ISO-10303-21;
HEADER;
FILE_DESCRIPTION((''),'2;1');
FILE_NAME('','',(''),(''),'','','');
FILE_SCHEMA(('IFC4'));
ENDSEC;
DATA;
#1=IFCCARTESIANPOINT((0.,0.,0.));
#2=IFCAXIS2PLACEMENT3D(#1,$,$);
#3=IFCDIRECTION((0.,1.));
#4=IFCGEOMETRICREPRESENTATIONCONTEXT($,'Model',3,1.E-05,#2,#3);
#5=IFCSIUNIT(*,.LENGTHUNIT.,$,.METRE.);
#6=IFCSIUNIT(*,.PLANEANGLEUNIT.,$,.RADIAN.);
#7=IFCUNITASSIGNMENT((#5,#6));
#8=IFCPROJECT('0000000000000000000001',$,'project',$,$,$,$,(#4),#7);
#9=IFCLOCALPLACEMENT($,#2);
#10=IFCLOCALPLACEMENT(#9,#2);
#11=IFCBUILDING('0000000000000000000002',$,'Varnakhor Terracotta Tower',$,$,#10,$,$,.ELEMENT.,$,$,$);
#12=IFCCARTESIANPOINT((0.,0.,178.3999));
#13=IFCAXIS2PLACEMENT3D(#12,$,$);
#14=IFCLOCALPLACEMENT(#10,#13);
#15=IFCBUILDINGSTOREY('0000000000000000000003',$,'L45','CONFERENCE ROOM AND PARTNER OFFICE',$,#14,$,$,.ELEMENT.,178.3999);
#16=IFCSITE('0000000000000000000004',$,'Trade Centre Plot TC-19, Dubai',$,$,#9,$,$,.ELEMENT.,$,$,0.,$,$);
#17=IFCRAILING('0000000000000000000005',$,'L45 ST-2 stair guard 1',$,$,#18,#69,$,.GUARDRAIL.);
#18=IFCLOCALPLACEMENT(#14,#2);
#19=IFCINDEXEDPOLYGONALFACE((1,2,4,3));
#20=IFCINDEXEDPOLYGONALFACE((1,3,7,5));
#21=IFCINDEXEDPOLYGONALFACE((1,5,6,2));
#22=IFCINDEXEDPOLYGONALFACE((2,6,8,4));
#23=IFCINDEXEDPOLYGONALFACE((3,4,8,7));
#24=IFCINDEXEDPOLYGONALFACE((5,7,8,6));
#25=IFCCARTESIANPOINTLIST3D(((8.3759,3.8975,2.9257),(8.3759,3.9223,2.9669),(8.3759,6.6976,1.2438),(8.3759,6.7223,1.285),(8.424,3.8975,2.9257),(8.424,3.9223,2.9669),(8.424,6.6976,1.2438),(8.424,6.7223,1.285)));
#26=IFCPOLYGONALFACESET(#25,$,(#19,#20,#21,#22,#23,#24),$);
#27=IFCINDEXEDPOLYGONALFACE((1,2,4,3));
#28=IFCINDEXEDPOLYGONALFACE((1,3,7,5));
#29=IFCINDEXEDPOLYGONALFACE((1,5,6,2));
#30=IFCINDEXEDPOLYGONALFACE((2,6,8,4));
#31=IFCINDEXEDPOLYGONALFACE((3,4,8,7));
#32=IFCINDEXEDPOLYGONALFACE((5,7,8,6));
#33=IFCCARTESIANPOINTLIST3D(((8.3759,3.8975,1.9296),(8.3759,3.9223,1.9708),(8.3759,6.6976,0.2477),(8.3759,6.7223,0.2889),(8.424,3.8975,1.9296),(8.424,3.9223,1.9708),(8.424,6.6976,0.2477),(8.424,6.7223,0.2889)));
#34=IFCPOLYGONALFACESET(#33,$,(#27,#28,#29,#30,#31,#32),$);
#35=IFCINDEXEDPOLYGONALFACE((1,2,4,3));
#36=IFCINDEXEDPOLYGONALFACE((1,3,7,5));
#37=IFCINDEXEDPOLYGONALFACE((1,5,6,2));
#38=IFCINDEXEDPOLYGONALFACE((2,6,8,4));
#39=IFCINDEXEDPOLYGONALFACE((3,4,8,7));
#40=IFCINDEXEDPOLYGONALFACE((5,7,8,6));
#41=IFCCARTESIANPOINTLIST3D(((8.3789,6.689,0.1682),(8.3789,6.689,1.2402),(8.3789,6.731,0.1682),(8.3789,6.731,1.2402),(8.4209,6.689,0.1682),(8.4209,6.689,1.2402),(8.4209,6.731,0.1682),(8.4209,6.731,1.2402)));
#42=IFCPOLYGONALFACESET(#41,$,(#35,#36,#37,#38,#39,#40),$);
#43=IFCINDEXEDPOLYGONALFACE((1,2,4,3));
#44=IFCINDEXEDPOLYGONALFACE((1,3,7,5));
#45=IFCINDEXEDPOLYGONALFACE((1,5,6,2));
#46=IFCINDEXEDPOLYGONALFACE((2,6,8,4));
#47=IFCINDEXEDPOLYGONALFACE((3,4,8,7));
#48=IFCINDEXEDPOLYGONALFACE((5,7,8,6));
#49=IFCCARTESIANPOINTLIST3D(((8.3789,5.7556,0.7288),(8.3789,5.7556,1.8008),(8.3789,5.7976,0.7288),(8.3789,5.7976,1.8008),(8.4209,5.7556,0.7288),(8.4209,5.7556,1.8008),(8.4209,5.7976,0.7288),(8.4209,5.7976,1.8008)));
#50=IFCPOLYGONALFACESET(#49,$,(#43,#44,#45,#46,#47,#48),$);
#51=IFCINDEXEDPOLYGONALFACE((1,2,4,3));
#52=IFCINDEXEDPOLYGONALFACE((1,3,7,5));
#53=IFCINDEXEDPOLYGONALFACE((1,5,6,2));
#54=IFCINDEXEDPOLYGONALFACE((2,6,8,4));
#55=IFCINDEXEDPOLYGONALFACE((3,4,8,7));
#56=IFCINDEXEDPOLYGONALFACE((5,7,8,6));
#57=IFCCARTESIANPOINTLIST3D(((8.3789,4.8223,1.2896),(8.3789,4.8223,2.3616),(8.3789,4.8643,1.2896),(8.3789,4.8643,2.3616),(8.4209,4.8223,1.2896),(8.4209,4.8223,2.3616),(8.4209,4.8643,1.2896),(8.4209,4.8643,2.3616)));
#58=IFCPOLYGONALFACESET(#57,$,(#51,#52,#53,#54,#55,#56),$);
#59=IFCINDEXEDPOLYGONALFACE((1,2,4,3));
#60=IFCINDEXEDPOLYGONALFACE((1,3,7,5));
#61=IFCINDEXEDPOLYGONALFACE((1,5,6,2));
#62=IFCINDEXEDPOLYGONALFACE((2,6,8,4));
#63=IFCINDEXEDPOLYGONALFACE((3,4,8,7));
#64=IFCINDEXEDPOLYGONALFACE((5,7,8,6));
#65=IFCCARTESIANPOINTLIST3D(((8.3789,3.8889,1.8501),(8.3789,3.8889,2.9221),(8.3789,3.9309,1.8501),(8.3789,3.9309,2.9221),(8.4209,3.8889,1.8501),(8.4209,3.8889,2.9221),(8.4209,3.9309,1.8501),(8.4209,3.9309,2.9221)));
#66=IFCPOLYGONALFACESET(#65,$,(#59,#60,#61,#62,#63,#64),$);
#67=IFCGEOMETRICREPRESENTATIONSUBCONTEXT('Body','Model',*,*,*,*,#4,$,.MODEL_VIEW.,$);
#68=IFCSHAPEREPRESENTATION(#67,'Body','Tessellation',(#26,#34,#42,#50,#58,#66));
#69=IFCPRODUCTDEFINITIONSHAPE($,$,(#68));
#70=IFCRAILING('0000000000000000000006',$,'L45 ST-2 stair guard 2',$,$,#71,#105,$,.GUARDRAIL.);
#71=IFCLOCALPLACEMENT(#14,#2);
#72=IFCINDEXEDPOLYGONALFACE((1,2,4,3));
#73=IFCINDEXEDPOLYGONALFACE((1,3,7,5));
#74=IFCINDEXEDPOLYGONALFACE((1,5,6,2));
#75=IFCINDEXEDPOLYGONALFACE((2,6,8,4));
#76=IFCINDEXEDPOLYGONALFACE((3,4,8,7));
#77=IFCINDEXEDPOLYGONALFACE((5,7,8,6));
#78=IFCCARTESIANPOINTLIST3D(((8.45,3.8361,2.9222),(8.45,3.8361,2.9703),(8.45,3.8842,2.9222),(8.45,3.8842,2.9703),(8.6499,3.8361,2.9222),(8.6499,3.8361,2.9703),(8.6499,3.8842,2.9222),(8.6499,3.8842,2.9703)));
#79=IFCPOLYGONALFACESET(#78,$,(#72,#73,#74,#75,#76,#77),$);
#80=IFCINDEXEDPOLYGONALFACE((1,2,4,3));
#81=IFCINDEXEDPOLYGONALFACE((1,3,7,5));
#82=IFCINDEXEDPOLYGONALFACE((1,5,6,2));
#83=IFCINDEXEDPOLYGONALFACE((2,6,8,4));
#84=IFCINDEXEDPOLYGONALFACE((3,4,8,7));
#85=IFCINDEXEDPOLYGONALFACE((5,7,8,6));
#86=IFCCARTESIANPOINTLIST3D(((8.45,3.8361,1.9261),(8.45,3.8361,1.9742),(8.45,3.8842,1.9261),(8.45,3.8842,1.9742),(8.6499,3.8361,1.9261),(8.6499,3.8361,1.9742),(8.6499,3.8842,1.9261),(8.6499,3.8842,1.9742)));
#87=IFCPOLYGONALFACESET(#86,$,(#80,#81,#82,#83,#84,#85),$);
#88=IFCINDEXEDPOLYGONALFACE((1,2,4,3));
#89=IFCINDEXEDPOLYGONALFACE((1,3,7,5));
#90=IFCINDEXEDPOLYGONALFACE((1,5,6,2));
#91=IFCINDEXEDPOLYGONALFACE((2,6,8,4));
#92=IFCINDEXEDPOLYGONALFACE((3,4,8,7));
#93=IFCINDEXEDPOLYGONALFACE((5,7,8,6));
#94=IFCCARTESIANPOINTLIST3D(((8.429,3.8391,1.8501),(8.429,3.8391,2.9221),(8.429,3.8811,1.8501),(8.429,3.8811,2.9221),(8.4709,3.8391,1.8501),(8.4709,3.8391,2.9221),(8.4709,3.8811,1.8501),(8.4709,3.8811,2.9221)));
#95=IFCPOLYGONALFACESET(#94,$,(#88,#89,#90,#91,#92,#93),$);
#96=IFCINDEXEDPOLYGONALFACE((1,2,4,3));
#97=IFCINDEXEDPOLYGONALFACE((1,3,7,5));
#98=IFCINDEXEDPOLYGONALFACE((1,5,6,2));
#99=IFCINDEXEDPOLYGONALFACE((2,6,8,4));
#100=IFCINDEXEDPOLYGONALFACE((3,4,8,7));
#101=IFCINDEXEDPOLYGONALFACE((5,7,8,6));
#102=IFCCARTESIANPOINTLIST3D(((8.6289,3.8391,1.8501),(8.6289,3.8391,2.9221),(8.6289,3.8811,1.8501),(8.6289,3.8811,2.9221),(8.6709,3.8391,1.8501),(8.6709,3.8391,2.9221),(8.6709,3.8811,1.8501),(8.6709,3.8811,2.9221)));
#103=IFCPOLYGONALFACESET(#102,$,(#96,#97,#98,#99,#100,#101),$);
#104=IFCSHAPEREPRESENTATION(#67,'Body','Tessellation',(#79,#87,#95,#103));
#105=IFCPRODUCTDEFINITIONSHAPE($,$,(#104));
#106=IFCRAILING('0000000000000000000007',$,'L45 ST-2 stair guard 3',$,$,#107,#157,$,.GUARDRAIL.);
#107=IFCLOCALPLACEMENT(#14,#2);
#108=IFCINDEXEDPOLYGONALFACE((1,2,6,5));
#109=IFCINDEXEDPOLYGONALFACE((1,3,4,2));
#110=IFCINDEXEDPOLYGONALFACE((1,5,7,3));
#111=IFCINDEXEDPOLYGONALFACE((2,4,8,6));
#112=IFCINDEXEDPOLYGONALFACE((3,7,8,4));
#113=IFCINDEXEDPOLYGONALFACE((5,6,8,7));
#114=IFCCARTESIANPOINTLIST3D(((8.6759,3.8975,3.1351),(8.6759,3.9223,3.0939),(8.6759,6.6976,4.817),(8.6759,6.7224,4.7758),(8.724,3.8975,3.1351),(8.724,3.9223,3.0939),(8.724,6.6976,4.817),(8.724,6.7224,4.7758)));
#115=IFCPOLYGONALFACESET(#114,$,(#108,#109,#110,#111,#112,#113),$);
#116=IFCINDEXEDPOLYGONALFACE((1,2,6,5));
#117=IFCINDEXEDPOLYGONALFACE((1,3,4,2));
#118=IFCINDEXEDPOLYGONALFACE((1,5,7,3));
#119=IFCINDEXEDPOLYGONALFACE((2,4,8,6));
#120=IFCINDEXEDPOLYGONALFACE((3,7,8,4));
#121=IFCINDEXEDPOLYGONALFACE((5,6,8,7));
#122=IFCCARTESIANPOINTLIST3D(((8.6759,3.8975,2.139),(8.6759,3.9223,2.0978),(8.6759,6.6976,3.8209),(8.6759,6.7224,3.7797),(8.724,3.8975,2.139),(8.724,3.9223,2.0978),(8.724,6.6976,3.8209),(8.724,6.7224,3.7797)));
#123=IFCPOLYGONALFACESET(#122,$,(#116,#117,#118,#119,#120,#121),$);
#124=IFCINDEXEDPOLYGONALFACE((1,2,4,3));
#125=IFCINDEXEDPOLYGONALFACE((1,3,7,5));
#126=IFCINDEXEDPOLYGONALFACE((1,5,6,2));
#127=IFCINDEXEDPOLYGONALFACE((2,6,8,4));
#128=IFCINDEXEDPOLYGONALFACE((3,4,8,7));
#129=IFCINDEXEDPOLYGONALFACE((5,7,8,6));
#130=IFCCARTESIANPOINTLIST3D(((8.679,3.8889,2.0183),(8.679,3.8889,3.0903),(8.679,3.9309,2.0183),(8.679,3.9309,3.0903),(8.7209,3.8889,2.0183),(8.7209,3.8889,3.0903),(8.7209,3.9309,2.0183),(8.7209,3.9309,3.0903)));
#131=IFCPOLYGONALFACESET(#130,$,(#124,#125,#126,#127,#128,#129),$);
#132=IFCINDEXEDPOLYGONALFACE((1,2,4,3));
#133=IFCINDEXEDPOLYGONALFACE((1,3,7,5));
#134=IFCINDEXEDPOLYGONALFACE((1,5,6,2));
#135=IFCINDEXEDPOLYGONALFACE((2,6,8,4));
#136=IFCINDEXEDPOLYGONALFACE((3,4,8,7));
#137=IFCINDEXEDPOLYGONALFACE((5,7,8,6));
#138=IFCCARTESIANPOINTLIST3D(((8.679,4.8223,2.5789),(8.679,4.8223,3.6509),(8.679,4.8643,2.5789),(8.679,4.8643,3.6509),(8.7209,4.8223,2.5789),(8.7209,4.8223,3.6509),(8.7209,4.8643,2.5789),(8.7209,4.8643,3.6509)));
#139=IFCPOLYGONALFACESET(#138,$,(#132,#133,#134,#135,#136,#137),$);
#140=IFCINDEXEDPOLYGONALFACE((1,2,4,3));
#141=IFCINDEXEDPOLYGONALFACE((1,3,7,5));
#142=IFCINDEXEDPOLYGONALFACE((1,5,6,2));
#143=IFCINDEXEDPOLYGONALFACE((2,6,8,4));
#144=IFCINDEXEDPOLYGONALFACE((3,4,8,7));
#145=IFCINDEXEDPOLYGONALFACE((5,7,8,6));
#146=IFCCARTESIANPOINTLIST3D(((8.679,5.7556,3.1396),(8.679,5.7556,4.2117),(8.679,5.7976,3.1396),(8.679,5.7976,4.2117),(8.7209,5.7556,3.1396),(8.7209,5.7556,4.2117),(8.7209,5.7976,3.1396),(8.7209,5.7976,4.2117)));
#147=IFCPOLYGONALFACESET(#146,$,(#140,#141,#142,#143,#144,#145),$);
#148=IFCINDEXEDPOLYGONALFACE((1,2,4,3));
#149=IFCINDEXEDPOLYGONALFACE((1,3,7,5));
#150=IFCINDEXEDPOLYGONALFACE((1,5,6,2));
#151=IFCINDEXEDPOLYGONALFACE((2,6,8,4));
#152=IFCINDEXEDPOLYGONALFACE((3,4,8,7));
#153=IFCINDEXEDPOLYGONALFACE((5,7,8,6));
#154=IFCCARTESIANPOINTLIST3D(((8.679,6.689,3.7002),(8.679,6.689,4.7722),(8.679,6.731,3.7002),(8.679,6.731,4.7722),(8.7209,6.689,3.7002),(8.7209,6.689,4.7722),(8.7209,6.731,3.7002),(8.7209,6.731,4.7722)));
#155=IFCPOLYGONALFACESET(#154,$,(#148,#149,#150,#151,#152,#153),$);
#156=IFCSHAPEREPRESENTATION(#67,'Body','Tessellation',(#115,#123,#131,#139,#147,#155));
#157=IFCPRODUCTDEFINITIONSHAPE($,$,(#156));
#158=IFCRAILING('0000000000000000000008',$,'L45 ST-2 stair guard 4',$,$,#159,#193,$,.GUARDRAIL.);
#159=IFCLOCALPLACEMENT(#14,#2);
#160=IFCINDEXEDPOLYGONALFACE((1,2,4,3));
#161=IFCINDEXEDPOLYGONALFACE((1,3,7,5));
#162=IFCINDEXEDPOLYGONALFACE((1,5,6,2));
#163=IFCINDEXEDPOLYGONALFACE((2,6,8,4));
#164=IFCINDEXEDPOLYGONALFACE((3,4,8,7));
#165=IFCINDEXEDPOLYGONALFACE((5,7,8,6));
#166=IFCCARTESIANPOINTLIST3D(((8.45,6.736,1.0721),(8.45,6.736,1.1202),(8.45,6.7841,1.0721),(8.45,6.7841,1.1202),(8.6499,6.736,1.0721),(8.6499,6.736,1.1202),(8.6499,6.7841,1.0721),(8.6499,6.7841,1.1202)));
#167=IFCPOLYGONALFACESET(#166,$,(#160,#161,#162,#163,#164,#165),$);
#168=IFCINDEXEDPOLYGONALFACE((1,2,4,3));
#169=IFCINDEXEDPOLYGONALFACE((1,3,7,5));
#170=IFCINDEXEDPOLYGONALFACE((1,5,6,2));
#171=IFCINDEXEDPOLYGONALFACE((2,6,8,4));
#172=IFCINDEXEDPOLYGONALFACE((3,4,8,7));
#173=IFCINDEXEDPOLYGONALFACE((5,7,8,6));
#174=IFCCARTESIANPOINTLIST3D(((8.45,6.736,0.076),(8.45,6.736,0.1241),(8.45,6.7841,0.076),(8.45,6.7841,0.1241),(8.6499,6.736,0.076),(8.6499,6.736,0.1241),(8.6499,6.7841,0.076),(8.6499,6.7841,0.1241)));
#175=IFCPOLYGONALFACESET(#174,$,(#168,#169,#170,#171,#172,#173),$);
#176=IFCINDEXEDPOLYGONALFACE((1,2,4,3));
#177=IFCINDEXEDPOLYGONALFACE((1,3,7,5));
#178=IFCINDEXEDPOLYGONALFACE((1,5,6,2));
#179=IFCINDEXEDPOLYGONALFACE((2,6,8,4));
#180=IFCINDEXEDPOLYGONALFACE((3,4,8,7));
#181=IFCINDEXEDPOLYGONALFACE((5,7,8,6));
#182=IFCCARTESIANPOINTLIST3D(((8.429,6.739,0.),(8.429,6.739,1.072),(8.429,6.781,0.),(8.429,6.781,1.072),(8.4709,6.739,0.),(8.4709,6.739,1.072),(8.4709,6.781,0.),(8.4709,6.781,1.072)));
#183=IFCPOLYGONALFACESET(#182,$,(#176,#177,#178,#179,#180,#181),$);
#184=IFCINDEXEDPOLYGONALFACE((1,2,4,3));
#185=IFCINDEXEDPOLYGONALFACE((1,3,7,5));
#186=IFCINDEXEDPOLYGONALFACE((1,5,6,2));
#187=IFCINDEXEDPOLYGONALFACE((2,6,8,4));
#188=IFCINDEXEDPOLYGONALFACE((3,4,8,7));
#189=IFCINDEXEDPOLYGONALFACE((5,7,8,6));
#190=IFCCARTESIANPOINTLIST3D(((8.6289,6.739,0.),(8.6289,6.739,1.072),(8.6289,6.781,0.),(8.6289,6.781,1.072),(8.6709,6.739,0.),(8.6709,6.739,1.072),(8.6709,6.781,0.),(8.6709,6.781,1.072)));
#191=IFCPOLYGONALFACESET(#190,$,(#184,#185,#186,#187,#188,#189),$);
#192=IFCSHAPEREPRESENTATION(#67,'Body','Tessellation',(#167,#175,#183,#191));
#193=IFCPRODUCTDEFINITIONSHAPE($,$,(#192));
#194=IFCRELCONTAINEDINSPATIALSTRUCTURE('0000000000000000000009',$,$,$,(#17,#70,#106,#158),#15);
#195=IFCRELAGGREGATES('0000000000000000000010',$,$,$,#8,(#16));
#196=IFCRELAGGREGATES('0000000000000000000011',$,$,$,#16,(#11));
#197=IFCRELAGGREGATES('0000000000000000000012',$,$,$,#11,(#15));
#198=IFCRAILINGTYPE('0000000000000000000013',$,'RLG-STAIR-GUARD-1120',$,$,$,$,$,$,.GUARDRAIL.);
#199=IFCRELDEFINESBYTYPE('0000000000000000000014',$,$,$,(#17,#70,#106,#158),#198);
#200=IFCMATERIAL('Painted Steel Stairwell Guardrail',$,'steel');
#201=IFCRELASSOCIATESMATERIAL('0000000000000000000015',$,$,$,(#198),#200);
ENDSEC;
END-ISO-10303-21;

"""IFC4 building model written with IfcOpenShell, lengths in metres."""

from ifc_helpers import new_model, si_unit, direction, frame, origin, origin_2d, place, context, subcontext, project, spatial, rectangle, extrude, material, type_object, element, save


model = new_model("IFC4")

# Units and contexts
model_context = context("Model", 3, precision=1e-05, world=origin(), true_north=direction((0.0, 1.0)))
body_context = subcontext(model_context, "Body", "Model", "MODEL_VIEW")
ifc_project = project(units=[si_unit("LENGTHUNIT", "METRE"), si_unit("PLANEANGLEUNIT", "RADIAN")], contexts=[model_context])

# Site, building, storey
site_placement = place(None, origin())
site = spatial("IfcSite", under=ifc_project, at=site_placement, Name="Trade Centre Plot TC-19, Dubai", CompositionType="ELEMENT", RefElevation=0.0)
building_placement = place(site_placement, origin())
building = spatial("IfcBuilding", under=site, at=building_placement, Name="Varnakhor Terracotta Tower", CompositionType="ELEMENT")
storey_placement = place(building_placement, frame((0.0, 0.0, 178.3999)))
storey = spatial("IfcBuildingStorey", under=building, at=storey_placement, Name="L45", Description="CONFERENCE ROOM AND PARTNER OFFICE", CompositionType="ELEMENT", Elevation=178.3999)

# Railings
ifc_material_1 = material(Name="Painted Steel Stairwell Guardrail", Category="steel")
railing_type_1 = type_object("IfcRailingType", Name="RLG-STAIR-GUARD-1120", PredefinedType="GUARDRAIL", material=ifc_material_1)
railing_1_placement = place(storey_placement, frame((8.3999, 6.71, 0.1682)))
element("IfcRailing", 1, at=railing_1_placement, inside=storey, type_object=railing_type_1, Name="L45 ST-2 stair guard 1", PredefinedType="GUARDRAIL", context=body_context, shape_type="SweptSolid", body=[
    extrude(rectangle(XDim=0.0481, YDim=0.0481, at=origin_2d()), frame((0.0, 0.0, 1.0962), z_axis=(0.0, -0.857242, 0.514913), x_axis=(1.0, 0.0, 0.0)), (0.0, 0.0, 1.0), 3.2664),
    extrude(rectangle(XDim=0.0481, YDim=0.0481, at=origin_2d()), frame((0.0, 0.0, 0.1001), z_axis=(0.0, -0.857242, 0.514913), x_axis=(1.0, 0.0, 0.0)), (0.0, 0.0, 1.0), 3.2664),
    extrude(rectangle(XDim=0.042, YDim=0.042, at=origin_2d()), origin(), (0.0, 0.0, 1.0), 1.072),
    extrude(rectangle(XDim=0.042, YDim=0.042, at=origin_2d()), frame((0.0, -0.9333, 0.5605)), (0.0, 0.0, 1.0), 1.072),
    extrude(rectangle(XDim=0.042, YDim=0.042, at=origin_2d()), frame((0.0, -1.8667, 1.1213)), (0.0, 0.0, 1.0), 1.072),
    extrude(rectangle(XDim=0.042, YDim=0.042, at=origin_2d()), frame((0.0, -2.8, 1.6819)), (0.0, 0.0, 1.0), 1.072),
])
railing_2_placement = place(storey_placement, frame((8.45, 3.8601, 1.8501)))
element("IfcRailing", 2, at=railing_2_placement, inside=storey, type_object=railing_type_1, Name="L45 ST-2 stair guard 2", PredefinedType="GUARDRAIL", context=body_context, shape_type="SweptSolid", body=[
    extrude(rectangle(XDim=0.0481, YDim=0.0481, at=origin_2d()), frame((0.0, 0.0, 1.0962), z_axis=(1.0, 0.0, 0.0), x_axis=(0.0, 1.0, 0.0)), (0.0, 0.0, 1.0), 0.2),
    extrude(rectangle(XDim=0.0481, YDim=0.0481, at=origin_2d()), frame((0.0, 0.0, 0.1001), z_axis=(1.0, 0.0, 0.0), x_axis=(0.0, 1.0, 0.0)), (0.0, 0.0, 1.0), 0.2),
    extrude(rectangle(XDim=0.042, YDim=0.042, at=origin_2d()), origin(), (0.0, 0.0, 1.0), 1.072),
    extrude(rectangle(XDim=0.042, YDim=0.042, at=origin_2d()), frame((0.2, 0.0, 0.0)), (0.0, 0.0, 1.0), 1.072),
])
railing_3_placement = place(storey_placement, frame((8.7, 3.9099, 2.0183)))
element("IfcRailing", 3, at=railing_3_placement, inside=storey, type_object=railing_type_1, Name="L45 ST-2 stair guard 3", PredefinedType="GUARDRAIL", context=body_context, shape_type="SweptSolid", body=[
    extrude(rectangle(XDim=0.0481, YDim=0.0481, at=origin_2d()), frame((0.0, 0.0, 1.0962), z_axis=(0.0, 0.857242, 0.514913), x_axis=(-1.0, 0.0, 0.0)), (0.0, 0.0, 1.0), 3.2664),
    extrude(rectangle(XDim=0.0481, YDim=0.0481, at=origin_2d()), frame((0.0, 0.0, 0.1001), z_axis=(0.0, 0.857242, 0.514913), x_axis=(-1.0, 0.0, 0.0)), (0.0, 0.0, 1.0), 3.2664),
    extrude(rectangle(XDim=0.042, YDim=0.042, at=origin_2d()), origin(), (0.0, 0.0, 1.0), 1.072),
    extrude(rectangle(XDim=0.042, YDim=0.042, at=origin_2d()), frame((0.0, 0.9333, 0.5605)), (0.0, 0.0, 1.0), 1.072),
    extrude(rectangle(XDim=0.042, YDim=0.042, at=origin_2d()), frame((0.0, 1.8667, 1.1213)), (0.0, 0.0, 1.0), 1.072),
    extrude(rectangle(XDim=0.042, YDim=0.042, at=origin_2d()), frame((0.0, 2.8, 1.6819)), (0.0, 0.0, 1.0), 1.072),
])
railing_4_placement = place(storey_placement, frame((8.45, 6.76, 0.0)))
element("IfcRailing", 4, at=railing_4_placement, inside=storey, type_object=railing_type_1, Name="L45 ST-2 stair guard 4", PredefinedType="GUARDRAIL", context=body_context, shape_type="SweptSolid", body=[
    extrude(rectangle(XDim=0.0481, YDim=0.0481, at=origin_2d()), frame((0.0, 0.0, 1.0962), z_axis=(1.0, 0.0, 0.0), x_axis=(0.0, 1.0, 0.0)), (0.0, 0.0, 1.0), 0.2),
    extrude(rectangle(XDim=0.0481, YDim=0.0481, at=origin_2d()), frame((0.0, 0.0, 0.1001), z_axis=(1.0, 0.0, 0.0), x_axis=(0.0, 1.0, 0.0)), (0.0, 0.0, 1.0), 0.2),
    extrude(rectangle(XDim=0.042, YDim=0.042, at=origin_2d()), origin(), (0.0, 0.0, 1.0), 1.072),
    extrude(rectangle(XDim=0.042, YDim=0.042, at=origin_2d()), frame((0.2, 0.0, 0.0)), (0.0, 0.0, 1.0), 1.072),
])

save(model, "model.ifc")
